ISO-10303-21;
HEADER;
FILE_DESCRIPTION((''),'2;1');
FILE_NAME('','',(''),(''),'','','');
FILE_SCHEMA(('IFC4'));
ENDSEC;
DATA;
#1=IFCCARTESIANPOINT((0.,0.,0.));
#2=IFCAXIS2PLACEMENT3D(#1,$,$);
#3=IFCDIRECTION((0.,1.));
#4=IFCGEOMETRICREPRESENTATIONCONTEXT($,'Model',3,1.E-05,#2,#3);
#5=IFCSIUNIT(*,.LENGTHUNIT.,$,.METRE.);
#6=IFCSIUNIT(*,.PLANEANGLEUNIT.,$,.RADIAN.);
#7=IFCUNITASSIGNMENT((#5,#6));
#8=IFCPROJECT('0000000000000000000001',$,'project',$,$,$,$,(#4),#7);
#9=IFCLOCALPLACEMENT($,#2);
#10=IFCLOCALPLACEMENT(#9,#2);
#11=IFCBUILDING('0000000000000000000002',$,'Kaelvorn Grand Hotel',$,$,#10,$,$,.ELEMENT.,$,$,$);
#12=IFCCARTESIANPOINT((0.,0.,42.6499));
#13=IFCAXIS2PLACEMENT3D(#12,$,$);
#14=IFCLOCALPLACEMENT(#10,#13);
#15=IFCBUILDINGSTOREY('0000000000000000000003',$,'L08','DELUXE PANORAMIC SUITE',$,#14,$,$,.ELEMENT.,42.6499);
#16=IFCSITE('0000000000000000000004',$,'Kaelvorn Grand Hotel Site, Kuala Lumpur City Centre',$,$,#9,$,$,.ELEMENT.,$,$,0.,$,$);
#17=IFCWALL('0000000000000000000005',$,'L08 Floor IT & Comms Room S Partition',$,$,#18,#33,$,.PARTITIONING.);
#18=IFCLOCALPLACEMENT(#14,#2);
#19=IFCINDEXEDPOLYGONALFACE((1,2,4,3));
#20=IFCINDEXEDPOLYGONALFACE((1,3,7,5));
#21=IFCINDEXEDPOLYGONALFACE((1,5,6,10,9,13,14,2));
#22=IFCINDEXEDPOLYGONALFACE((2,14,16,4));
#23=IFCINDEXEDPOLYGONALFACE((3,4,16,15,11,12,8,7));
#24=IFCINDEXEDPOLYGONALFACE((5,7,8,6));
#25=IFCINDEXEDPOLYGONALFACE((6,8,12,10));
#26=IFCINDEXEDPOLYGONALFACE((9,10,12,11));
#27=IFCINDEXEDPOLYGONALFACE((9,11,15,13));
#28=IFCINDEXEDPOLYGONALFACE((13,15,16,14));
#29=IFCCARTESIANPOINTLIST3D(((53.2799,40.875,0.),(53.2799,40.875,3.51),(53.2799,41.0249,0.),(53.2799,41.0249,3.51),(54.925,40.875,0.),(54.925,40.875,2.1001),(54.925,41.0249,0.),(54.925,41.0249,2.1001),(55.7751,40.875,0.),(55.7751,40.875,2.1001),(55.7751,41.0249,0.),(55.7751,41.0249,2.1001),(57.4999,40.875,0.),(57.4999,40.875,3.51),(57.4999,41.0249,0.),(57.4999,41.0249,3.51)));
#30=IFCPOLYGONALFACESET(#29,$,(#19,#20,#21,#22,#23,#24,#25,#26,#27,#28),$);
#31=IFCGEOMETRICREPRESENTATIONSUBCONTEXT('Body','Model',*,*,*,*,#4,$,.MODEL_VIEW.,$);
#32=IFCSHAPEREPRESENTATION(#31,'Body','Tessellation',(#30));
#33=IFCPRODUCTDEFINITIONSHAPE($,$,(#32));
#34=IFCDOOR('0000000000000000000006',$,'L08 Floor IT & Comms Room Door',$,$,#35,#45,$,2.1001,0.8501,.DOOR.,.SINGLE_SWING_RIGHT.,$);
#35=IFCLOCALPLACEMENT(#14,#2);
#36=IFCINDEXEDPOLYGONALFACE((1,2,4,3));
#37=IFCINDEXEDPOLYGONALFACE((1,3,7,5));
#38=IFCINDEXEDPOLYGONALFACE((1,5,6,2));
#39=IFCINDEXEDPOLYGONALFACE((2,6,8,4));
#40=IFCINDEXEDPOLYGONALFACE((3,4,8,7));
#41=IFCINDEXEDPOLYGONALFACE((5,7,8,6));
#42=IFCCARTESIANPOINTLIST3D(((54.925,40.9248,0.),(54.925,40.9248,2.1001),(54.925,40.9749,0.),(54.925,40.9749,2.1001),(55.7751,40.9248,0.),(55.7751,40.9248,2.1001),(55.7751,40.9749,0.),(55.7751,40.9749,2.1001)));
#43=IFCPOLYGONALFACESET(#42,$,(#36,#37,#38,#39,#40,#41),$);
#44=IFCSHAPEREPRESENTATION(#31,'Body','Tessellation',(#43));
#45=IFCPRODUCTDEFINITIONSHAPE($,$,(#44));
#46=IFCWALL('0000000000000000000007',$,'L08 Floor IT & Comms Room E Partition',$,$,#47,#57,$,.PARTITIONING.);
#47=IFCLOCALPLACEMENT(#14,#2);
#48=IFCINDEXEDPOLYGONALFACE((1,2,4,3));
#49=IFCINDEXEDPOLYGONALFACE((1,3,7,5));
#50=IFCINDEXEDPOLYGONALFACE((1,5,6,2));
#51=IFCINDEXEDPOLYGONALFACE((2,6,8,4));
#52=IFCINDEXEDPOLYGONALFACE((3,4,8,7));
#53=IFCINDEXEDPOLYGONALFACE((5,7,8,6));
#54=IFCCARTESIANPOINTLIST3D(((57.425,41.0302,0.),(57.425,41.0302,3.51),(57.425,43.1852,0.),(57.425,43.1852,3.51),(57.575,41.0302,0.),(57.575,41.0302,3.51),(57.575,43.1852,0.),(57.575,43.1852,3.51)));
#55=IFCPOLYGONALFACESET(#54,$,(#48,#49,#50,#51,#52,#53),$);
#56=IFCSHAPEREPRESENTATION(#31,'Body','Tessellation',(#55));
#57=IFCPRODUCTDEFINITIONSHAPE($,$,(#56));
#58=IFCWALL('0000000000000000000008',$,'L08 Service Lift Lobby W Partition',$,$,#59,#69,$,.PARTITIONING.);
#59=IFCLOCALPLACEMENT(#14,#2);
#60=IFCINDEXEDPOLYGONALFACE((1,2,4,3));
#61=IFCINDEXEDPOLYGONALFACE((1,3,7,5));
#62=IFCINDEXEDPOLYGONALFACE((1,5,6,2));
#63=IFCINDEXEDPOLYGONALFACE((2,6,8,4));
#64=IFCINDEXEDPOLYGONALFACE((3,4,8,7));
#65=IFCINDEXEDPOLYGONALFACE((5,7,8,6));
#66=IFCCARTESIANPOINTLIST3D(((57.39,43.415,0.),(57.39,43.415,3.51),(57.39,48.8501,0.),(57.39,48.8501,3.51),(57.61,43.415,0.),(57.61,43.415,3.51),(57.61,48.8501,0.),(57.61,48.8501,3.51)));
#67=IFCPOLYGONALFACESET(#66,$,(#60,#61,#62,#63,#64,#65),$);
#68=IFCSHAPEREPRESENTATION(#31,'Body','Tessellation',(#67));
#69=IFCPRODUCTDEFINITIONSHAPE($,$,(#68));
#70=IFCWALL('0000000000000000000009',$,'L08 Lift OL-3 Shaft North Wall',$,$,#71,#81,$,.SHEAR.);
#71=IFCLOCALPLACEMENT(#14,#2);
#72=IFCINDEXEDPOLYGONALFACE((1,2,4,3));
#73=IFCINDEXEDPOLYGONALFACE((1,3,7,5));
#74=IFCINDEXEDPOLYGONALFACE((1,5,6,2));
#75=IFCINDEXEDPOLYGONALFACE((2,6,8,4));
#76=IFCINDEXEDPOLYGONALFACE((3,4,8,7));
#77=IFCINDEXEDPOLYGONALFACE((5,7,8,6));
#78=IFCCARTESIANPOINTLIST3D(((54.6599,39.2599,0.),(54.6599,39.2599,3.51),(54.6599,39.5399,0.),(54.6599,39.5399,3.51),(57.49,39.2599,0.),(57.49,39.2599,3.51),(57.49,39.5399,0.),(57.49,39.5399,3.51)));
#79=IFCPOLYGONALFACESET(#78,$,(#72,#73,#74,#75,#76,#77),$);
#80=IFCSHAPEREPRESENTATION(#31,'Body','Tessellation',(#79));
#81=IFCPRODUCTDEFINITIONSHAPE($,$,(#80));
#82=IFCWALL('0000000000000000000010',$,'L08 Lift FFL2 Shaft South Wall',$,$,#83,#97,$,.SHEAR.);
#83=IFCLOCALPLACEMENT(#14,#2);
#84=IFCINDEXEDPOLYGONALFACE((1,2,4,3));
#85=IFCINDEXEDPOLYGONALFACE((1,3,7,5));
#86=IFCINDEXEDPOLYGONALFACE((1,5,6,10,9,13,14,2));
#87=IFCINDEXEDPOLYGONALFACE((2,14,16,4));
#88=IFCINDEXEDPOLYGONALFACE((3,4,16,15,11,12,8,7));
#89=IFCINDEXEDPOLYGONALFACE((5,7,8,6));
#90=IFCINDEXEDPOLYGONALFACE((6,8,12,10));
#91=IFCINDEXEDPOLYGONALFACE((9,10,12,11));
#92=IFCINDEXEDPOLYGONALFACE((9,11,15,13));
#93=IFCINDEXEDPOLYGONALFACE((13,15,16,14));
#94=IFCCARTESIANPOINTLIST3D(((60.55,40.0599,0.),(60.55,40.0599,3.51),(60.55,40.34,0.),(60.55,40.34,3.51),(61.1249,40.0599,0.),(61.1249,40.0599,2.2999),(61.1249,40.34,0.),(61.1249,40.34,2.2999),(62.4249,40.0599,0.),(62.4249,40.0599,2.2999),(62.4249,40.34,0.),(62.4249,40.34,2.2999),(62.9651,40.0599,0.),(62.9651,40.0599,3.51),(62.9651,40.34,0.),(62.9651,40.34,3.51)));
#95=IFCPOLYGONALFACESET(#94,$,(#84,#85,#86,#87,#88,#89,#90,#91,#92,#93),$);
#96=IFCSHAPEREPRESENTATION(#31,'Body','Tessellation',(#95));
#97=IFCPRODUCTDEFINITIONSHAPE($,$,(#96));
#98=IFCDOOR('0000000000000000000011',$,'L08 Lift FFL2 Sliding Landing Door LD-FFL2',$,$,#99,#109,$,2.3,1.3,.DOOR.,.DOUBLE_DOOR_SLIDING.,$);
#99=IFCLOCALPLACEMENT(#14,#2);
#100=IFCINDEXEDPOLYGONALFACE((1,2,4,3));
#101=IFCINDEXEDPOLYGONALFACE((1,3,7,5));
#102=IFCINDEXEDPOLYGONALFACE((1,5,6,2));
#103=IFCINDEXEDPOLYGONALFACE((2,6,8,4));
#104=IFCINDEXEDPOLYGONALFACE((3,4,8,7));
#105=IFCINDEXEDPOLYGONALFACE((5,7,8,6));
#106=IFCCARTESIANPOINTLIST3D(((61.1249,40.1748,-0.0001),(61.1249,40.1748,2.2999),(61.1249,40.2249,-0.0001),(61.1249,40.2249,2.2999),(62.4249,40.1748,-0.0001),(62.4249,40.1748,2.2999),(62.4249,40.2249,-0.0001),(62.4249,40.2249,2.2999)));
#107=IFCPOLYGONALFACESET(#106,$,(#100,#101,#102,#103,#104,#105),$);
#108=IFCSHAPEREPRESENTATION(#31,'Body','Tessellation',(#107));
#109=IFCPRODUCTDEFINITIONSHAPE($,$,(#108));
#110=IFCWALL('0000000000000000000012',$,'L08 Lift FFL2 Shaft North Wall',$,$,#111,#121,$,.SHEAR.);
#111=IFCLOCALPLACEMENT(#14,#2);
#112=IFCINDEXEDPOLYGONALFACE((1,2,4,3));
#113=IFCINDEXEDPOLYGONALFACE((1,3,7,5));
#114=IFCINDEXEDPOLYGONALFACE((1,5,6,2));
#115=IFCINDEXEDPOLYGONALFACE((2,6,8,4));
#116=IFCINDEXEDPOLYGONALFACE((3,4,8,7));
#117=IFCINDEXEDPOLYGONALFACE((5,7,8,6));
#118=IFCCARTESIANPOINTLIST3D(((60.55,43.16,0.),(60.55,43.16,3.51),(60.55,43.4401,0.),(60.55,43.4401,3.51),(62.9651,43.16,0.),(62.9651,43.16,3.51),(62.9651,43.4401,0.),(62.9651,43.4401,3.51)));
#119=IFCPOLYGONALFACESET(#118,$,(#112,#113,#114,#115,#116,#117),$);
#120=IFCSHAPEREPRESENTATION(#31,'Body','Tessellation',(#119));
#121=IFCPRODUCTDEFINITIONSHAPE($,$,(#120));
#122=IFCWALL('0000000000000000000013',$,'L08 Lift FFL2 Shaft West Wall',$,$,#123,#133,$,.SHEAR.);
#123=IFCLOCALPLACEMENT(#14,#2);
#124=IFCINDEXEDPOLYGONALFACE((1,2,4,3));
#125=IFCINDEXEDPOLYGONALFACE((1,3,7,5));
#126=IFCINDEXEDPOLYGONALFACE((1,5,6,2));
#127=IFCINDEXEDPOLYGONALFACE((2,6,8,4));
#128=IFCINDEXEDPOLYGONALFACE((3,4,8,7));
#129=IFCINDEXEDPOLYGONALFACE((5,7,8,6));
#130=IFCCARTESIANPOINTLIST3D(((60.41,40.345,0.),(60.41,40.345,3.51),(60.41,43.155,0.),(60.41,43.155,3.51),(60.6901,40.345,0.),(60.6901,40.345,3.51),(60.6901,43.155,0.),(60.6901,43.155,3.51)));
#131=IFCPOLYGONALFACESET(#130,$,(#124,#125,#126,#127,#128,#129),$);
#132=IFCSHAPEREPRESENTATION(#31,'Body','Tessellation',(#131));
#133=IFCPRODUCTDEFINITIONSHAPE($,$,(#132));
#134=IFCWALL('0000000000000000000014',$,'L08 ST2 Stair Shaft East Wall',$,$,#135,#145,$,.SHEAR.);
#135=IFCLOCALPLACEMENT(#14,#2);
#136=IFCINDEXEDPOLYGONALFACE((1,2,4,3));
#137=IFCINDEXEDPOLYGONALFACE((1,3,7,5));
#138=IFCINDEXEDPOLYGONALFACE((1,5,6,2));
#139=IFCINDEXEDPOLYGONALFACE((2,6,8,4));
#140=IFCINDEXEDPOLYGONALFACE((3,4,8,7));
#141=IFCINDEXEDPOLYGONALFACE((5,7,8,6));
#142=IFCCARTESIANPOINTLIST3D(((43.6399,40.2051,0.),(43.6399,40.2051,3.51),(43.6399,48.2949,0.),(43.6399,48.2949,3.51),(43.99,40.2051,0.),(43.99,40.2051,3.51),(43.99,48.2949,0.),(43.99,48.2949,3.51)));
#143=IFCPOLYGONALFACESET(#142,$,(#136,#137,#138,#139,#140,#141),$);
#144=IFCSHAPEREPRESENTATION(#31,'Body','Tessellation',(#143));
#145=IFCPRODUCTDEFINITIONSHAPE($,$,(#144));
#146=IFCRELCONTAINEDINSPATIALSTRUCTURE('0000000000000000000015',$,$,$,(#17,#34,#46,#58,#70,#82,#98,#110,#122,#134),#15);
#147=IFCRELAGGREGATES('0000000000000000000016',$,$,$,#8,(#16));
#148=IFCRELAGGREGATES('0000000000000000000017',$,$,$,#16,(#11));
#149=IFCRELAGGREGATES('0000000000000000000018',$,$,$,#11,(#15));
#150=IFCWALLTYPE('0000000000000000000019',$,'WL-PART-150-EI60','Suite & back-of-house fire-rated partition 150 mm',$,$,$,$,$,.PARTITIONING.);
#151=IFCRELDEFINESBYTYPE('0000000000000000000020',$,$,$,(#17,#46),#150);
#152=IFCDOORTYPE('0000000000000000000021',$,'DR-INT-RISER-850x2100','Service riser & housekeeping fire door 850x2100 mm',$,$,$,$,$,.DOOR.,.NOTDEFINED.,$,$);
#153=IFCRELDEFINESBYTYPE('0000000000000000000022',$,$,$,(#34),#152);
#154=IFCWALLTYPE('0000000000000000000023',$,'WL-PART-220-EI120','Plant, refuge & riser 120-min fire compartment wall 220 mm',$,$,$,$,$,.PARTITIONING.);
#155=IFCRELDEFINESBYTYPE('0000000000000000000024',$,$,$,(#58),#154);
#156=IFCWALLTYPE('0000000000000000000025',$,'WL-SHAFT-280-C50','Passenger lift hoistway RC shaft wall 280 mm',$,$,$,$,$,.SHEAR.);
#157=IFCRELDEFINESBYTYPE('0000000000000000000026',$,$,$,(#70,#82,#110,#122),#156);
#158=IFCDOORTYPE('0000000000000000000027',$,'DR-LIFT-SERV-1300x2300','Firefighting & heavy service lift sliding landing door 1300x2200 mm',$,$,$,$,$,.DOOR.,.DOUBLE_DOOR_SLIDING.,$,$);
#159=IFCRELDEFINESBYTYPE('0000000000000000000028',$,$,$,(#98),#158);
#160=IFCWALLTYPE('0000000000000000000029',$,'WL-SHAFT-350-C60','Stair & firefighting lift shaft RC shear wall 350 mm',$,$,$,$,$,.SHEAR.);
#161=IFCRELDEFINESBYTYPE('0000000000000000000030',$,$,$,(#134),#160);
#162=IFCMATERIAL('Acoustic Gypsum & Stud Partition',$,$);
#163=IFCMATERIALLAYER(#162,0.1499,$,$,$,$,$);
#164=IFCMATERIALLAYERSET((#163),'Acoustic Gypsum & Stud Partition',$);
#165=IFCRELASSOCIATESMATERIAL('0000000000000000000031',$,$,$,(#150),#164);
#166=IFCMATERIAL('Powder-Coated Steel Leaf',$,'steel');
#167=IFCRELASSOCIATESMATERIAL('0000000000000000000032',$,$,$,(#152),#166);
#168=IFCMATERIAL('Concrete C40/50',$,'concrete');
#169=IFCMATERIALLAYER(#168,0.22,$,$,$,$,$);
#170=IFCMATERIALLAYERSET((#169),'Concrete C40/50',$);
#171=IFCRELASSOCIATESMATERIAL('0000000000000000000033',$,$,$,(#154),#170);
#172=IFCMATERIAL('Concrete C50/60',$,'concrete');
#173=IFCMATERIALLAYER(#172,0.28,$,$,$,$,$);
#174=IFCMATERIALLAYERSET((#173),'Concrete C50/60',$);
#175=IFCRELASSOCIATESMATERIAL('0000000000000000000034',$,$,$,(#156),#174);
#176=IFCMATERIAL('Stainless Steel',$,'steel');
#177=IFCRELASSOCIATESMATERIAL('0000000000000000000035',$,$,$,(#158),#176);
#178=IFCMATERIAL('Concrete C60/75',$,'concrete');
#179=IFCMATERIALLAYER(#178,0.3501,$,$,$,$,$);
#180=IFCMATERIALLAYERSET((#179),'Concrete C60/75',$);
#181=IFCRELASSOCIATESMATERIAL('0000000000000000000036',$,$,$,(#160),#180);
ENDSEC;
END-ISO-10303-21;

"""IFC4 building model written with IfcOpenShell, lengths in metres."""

from ifc_helpers import new_model, si_unit, direction, frame, frame_2d, origin, place, context, subcontext, project, spatial, rectangle, extrude, material, layer, layer_set, type_object, element, fill, save


model = new_model("IFC4")

# Units and contexts
model_context = context("Model", 3, precision=1e-05, world=origin(), true_north=direction((0.0, 1.0)))
body_context = subcontext(model_context, "Body", "Model", "MODEL_VIEW")
ifc_project = project(units=[si_unit("LENGTHUNIT", "METRE"), si_unit("PLANEANGLEUNIT", "RADIAN")], contexts=[model_context])

# Site, building, storey
site_placement = place(None, origin())
site = spatial("IfcSite", under=ifc_project, at=site_placement, Name="Kaelvorn Grand Hotel Site, Kuala Lumpur City Centre", CompositionType="ELEMENT", RefElevation=0.0)
building_placement = place(site_placement, origin())
building = spatial("IfcBuilding", under=site, at=building_placement, Name="Kaelvorn Grand Hotel", CompositionType="ELEMENT")
storey_placement = place(building_placement, frame((0.0, 0.0, 42.6499)))
storey = spatial("IfcBuildingStorey", under=building, at=storey_placement, Name="L08", Description="DELUXE PANORAMIC SUITE", CompositionType="ELEMENT", Elevation=42.6499)

# Shared definitions
ifc_material_1 = material(Name="Concrete C60/75", Category="concrete")

# Shared definitions
ifc_material_2 = material(Name="Acoustic Gypsum & Stud Partition")
ifc_layer_1 = layer(ifc_material_2, 0.1499)
ifc_layer_set_1 = layer_set([ifc_layer_1], Name="Acoustic Gypsum & Stud Partition")
wall_type_1 = type_object("IfcWallType", Name="WL-PART-150-EI60", Description="Suite & back-of-house fire-rated partition 150 mm", PredefinedType="PARTITIONING", material=ifc_layer_set_1)
ifc_material_3 = material(Name="Powder-Coated Steel Leaf", Category="steel")
door_type_1 = type_object("IfcDoorType", Name="DR-INT-RISER-850x2100", Description="Service riser & housekeeping fire door 850x2100 mm", OperationType="NOTDEFINED", PredefinedType="DOOR", material=ifc_material_3)

# Wall, opening, door
wall_1_placement = place(storey_placement, frame((53.28, 40.95, 0.0), z_axis=(0.0, 0.0, 1.0), x_axis=(1.0, 0.0, 0.0)))
wall_1 = element("IfcWall", 1, at=wall_1_placement, inside=storey, type_object=wall_type_1, Name="L08 Floor IT & Comms Room S Partition", PredefinedType="PARTITIONING", context=body_context, shape_type="SweptSolid", body=[
    extrude(rectangle(XDim=4.22, YDim=0.1499, at=frame_2d((2.1099, 0.0))), origin(), (0.0, 0.0, 1.0), 3.51),
])
opening_1_placement = place(wall_1_placement, frame((1.645, 0.0, 0.0)))
opening_1 = element("IfcOpeningElement", 2, at=opening_1_placement, cuts=wall_1, PredefinedType="OPENING", context=body_context, shape_type="SweptSolid", body=[
    extrude(rectangle(XDim=0.8501, YDim=2.1001, at=frame_2d((0.425, 1.05))), frame((0.0, 0.085, 0.0), z_axis=(0.0, -1.0, 0.0), x_axis=(1.0, 0.0, 0.0)), (0.0, 0.0, 1.0), 0.1699),
])
door_1_placement = place(opening_1_placement, origin())
door_1 = element("IfcDoor", 3, at=door_1_placement, inside=storey, type_object=door_type_1, Name="L08 Floor IT & Comms Room Door", OperationType="SINGLE_SWING_RIGHT", OverallHeight=2.1001, OverallWidth=0.8501, PredefinedType="DOOR", context=body_context, shape_type="SweptSolid", body=[
    extrude(rectangle(XDim=0.8501, YDim=2.1001, at=frame_2d((0.425, 1.05))), frame((0.0, 0.0249, 0.0), z_axis=(0.0, -1.0, 0.0), x_axis=(1.0, 0.0, 0.0)), (0.0, 0.0, 1.0), 0.05),
])
fill(opening_1, door_1)

# Wall
wall_2_placement = place(storey_placement, frame((57.5, 41.03, 0.0), z_axis=(0.0, 0.0, 1.0), x_axis=(0.0, 1.0, 0.0)))
element("IfcWall", 4, at=wall_2_placement, inside=storey, type_object=wall_type_1, Name="L08 Floor IT & Comms Room E Partition", PredefinedType="PARTITIONING", context=body_context, shape_type="SweptSolid", body=[
    extrude(rectangle(XDim=2.155, YDim=0.1499, at=frame_2d((1.0776, 0.0))), origin(), (0.0, 0.0, 1.0), 3.51),
])

# Shared definitions
ifc_material_4 = material(Name="Concrete C40/50", Category="concrete")
ifc_layer_2 = layer(ifc_material_4, 0.22)
ifc_layer_set_2 = layer_set([ifc_layer_2], Name="Concrete C40/50")
wall_type_2 = type_object("IfcWallType", Name="WL-PART-220-EI120", Description="Plant, refuge & riser 120-min fire compartment wall 220 mm", PredefinedType="PARTITIONING", material=ifc_layer_set_2)

# Walls
wall_3_placement = place(storey_placement, frame((57.5, 43.415, 0.0), z_axis=(0.0, 0.0, 1.0), x_axis=(0.0, 1.0, 0.0)))
element("IfcWall", 5, at=wall_3_placement, inside=storey, type_object=wall_type_2, Name="L08 Service Lift Lobby W Partition", PredefinedType="PARTITIONING", context=body_context, shape_type="SweptSolid", body=[
    extrude(rectangle(XDim=5.4351, YDim=0.22, at=frame_2d((2.7175, 0.0))), origin(), (0.0, 0.0, 1.0), 3.51),
])
ifc_material_5 = material(Name="Concrete C50/60", Category="concrete")
ifc_layer_3 = layer(ifc_material_5, 0.28)
ifc_layer_set_3 = layer_set([ifc_layer_3], Name="Concrete C50/60")
wall_type_3 = type_object("IfcWallType", Name="WL-SHAFT-280-C50", Description="Passenger lift hoistway RC shaft wall 280 mm", PredefinedType="SHEAR", material=ifc_layer_set_3)
wall_4_placement = place(storey_placement, frame((54.6599, 39.3999, 0.0), z_axis=(0.0, 0.0, 1.0), x_axis=(1.0, 0.0, 0.0)))
element("IfcWall", 6, at=wall_4_placement, inside=storey, type_object=wall_type_3, Name="L08 Lift OL-3 Shaft North Wall", PredefinedType="SHEAR", context=body_context, shape_type="SweptSolid", body=[
    extrude(rectangle(XDim=2.8301, YDim=0.28, at=frame_2d((1.415, 0.0))), origin(), (0.0, 0.0, 1.0), 3.51),
])

# Wall, opening, door
wall_5_placement = place(storey_placement, frame((60.55, 40.2, 0.0), z_axis=(0.0, 0.0, 1.0), x_axis=(1.0, 0.0, 0.0)))
wall_5 = element("IfcWall", 7, at=wall_5_placement, inside=storey, type_object=wall_type_3, Name="L08 Lift FFL2 Shaft South Wall", PredefinedType="SHEAR", context=body_context, shape_type="SweptSolid", body=[
    extrude(rectangle(XDim=2.415, YDim=0.28, at=frame_2d((1.2075, 0.0))), origin(), (0.0, 0.0, 1.0), 3.51),
])
opening_2_placement = place(wall_5_placement, frame((0.575, 0.0, 0.0)))
opening_2 = element("IfcOpeningElement", 8, at=opening_2_placement, cuts=wall_5, PredefinedType="OPENING", context=body_context, shape_type="SweptSolid", body=[
    extrude(rectangle(XDim=1.3, YDim=2.3, at=frame_2d((0.6499, 1.1499))), frame((0.0, 0.1499, 0.0), z_axis=(0.0, -1.0, 0.0), x_axis=(1.0, 0.0, 0.0)), (0.0, 0.0, 1.0), 0.3),
])
ifc_material_6 = material(Name="Stainless Steel", Category="steel")
door_type_2 = type_object("IfcDoorType", Name="DR-LIFT-SERV-1300x2300", Description="Firefighting & heavy service lift sliding landing door 1300x2200 mm", OperationType="DOUBLE_DOOR_SLIDING", PredefinedType="DOOR", material=ifc_material_6)
door_2_placement = place(opening_2_placement, origin())
door_2 = element("IfcDoor", 9, at=door_2_placement, inside=storey, type_object=door_type_2, Name="L08 Lift FFL2 Sliding Landing Door LD-FFL2", OperationType="DOUBLE_DOOR_SLIDING", OverallHeight=2.3, OverallWidth=1.3, PredefinedType="DOOR", context=body_context, shape_type="SweptSolid", body=[
    extrude(rectangle(XDim=1.3, YDim=2.3, at=frame_2d((0.6499, 1.1499))), frame((0.0, 0.0249, 0.0), z_axis=(0.0, -1.0, 0.0), x_axis=(1.0, 0.0, 0.0)), (0.0, 0.0, 1.0), 0.05),
])
fill(opening_2, door_2)

# Walls
wall_6_placement = place(storey_placement, frame((60.55, 43.3, 0.0), z_axis=(0.0, 0.0, 1.0), x_axis=(1.0, 0.0, 0.0)))
element("IfcWall", 10, at=wall_6_placement, inside=storey, type_object=wall_type_3, Name="L08 Lift FFL2 Shaft North Wall", PredefinedType="SHEAR", context=body_context, shape_type="SweptSolid", body=[
    extrude(rectangle(XDim=2.415, YDim=0.28, at=frame_2d((1.2075, 0.0))), origin(), (0.0, 0.0, 1.0), 3.51),
])
wall_7_placement = place(storey_placement, frame((60.55, 40.345, 0.0), z_axis=(0.0, 0.0, 1.0), x_axis=(0.0, 1.0, 0.0)))
element("IfcWall", 11, at=wall_7_placement, inside=storey, type_object=wall_type_3, Name="L08 Lift FFL2 Shaft West Wall", PredefinedType="SHEAR", context=body_context, shape_type="SweptSolid", body=[
    extrude(rectangle(XDim=2.8101, YDim=0.28, at=frame_2d((1.405, 0.0))), origin(), (0.0, 0.0, 1.0), 3.51),
])
ifc_layer_4 = layer(ifc_material_1, 0.3501)
ifc_layer_set_4 = layer_set([ifc_layer_4], Name="Concrete C60/75")
wall_type_4 = type_object("IfcWallType", Name="WL-SHAFT-350-C60", Description="Stair & firefighting lift shaft RC shear wall 350 mm", PredefinedType="SHEAR", material=ifc_layer_set_4)
wall_8_placement = place(storey_placement, frame((43.8149, 40.2051, 0.0), z_axis=(0.0, 0.0, 1.0), x_axis=(0.0, 1.0, 0.0)))
element("IfcWall", 12, at=wall_8_placement, inside=storey, type_object=wall_type_4, Name="L08 ST2 Stair Shaft East Wall", PredefinedType="SHEAR", context=body_context, shape_type="SweptSolid", body=[
    extrude(rectangle(XDim=8.0898, YDim=0.3501, at=frame_2d((4.0449, 0.0))), origin(), (0.0, 0.0, 1.0), 3.51),
])

save(model, "model.ifc")
